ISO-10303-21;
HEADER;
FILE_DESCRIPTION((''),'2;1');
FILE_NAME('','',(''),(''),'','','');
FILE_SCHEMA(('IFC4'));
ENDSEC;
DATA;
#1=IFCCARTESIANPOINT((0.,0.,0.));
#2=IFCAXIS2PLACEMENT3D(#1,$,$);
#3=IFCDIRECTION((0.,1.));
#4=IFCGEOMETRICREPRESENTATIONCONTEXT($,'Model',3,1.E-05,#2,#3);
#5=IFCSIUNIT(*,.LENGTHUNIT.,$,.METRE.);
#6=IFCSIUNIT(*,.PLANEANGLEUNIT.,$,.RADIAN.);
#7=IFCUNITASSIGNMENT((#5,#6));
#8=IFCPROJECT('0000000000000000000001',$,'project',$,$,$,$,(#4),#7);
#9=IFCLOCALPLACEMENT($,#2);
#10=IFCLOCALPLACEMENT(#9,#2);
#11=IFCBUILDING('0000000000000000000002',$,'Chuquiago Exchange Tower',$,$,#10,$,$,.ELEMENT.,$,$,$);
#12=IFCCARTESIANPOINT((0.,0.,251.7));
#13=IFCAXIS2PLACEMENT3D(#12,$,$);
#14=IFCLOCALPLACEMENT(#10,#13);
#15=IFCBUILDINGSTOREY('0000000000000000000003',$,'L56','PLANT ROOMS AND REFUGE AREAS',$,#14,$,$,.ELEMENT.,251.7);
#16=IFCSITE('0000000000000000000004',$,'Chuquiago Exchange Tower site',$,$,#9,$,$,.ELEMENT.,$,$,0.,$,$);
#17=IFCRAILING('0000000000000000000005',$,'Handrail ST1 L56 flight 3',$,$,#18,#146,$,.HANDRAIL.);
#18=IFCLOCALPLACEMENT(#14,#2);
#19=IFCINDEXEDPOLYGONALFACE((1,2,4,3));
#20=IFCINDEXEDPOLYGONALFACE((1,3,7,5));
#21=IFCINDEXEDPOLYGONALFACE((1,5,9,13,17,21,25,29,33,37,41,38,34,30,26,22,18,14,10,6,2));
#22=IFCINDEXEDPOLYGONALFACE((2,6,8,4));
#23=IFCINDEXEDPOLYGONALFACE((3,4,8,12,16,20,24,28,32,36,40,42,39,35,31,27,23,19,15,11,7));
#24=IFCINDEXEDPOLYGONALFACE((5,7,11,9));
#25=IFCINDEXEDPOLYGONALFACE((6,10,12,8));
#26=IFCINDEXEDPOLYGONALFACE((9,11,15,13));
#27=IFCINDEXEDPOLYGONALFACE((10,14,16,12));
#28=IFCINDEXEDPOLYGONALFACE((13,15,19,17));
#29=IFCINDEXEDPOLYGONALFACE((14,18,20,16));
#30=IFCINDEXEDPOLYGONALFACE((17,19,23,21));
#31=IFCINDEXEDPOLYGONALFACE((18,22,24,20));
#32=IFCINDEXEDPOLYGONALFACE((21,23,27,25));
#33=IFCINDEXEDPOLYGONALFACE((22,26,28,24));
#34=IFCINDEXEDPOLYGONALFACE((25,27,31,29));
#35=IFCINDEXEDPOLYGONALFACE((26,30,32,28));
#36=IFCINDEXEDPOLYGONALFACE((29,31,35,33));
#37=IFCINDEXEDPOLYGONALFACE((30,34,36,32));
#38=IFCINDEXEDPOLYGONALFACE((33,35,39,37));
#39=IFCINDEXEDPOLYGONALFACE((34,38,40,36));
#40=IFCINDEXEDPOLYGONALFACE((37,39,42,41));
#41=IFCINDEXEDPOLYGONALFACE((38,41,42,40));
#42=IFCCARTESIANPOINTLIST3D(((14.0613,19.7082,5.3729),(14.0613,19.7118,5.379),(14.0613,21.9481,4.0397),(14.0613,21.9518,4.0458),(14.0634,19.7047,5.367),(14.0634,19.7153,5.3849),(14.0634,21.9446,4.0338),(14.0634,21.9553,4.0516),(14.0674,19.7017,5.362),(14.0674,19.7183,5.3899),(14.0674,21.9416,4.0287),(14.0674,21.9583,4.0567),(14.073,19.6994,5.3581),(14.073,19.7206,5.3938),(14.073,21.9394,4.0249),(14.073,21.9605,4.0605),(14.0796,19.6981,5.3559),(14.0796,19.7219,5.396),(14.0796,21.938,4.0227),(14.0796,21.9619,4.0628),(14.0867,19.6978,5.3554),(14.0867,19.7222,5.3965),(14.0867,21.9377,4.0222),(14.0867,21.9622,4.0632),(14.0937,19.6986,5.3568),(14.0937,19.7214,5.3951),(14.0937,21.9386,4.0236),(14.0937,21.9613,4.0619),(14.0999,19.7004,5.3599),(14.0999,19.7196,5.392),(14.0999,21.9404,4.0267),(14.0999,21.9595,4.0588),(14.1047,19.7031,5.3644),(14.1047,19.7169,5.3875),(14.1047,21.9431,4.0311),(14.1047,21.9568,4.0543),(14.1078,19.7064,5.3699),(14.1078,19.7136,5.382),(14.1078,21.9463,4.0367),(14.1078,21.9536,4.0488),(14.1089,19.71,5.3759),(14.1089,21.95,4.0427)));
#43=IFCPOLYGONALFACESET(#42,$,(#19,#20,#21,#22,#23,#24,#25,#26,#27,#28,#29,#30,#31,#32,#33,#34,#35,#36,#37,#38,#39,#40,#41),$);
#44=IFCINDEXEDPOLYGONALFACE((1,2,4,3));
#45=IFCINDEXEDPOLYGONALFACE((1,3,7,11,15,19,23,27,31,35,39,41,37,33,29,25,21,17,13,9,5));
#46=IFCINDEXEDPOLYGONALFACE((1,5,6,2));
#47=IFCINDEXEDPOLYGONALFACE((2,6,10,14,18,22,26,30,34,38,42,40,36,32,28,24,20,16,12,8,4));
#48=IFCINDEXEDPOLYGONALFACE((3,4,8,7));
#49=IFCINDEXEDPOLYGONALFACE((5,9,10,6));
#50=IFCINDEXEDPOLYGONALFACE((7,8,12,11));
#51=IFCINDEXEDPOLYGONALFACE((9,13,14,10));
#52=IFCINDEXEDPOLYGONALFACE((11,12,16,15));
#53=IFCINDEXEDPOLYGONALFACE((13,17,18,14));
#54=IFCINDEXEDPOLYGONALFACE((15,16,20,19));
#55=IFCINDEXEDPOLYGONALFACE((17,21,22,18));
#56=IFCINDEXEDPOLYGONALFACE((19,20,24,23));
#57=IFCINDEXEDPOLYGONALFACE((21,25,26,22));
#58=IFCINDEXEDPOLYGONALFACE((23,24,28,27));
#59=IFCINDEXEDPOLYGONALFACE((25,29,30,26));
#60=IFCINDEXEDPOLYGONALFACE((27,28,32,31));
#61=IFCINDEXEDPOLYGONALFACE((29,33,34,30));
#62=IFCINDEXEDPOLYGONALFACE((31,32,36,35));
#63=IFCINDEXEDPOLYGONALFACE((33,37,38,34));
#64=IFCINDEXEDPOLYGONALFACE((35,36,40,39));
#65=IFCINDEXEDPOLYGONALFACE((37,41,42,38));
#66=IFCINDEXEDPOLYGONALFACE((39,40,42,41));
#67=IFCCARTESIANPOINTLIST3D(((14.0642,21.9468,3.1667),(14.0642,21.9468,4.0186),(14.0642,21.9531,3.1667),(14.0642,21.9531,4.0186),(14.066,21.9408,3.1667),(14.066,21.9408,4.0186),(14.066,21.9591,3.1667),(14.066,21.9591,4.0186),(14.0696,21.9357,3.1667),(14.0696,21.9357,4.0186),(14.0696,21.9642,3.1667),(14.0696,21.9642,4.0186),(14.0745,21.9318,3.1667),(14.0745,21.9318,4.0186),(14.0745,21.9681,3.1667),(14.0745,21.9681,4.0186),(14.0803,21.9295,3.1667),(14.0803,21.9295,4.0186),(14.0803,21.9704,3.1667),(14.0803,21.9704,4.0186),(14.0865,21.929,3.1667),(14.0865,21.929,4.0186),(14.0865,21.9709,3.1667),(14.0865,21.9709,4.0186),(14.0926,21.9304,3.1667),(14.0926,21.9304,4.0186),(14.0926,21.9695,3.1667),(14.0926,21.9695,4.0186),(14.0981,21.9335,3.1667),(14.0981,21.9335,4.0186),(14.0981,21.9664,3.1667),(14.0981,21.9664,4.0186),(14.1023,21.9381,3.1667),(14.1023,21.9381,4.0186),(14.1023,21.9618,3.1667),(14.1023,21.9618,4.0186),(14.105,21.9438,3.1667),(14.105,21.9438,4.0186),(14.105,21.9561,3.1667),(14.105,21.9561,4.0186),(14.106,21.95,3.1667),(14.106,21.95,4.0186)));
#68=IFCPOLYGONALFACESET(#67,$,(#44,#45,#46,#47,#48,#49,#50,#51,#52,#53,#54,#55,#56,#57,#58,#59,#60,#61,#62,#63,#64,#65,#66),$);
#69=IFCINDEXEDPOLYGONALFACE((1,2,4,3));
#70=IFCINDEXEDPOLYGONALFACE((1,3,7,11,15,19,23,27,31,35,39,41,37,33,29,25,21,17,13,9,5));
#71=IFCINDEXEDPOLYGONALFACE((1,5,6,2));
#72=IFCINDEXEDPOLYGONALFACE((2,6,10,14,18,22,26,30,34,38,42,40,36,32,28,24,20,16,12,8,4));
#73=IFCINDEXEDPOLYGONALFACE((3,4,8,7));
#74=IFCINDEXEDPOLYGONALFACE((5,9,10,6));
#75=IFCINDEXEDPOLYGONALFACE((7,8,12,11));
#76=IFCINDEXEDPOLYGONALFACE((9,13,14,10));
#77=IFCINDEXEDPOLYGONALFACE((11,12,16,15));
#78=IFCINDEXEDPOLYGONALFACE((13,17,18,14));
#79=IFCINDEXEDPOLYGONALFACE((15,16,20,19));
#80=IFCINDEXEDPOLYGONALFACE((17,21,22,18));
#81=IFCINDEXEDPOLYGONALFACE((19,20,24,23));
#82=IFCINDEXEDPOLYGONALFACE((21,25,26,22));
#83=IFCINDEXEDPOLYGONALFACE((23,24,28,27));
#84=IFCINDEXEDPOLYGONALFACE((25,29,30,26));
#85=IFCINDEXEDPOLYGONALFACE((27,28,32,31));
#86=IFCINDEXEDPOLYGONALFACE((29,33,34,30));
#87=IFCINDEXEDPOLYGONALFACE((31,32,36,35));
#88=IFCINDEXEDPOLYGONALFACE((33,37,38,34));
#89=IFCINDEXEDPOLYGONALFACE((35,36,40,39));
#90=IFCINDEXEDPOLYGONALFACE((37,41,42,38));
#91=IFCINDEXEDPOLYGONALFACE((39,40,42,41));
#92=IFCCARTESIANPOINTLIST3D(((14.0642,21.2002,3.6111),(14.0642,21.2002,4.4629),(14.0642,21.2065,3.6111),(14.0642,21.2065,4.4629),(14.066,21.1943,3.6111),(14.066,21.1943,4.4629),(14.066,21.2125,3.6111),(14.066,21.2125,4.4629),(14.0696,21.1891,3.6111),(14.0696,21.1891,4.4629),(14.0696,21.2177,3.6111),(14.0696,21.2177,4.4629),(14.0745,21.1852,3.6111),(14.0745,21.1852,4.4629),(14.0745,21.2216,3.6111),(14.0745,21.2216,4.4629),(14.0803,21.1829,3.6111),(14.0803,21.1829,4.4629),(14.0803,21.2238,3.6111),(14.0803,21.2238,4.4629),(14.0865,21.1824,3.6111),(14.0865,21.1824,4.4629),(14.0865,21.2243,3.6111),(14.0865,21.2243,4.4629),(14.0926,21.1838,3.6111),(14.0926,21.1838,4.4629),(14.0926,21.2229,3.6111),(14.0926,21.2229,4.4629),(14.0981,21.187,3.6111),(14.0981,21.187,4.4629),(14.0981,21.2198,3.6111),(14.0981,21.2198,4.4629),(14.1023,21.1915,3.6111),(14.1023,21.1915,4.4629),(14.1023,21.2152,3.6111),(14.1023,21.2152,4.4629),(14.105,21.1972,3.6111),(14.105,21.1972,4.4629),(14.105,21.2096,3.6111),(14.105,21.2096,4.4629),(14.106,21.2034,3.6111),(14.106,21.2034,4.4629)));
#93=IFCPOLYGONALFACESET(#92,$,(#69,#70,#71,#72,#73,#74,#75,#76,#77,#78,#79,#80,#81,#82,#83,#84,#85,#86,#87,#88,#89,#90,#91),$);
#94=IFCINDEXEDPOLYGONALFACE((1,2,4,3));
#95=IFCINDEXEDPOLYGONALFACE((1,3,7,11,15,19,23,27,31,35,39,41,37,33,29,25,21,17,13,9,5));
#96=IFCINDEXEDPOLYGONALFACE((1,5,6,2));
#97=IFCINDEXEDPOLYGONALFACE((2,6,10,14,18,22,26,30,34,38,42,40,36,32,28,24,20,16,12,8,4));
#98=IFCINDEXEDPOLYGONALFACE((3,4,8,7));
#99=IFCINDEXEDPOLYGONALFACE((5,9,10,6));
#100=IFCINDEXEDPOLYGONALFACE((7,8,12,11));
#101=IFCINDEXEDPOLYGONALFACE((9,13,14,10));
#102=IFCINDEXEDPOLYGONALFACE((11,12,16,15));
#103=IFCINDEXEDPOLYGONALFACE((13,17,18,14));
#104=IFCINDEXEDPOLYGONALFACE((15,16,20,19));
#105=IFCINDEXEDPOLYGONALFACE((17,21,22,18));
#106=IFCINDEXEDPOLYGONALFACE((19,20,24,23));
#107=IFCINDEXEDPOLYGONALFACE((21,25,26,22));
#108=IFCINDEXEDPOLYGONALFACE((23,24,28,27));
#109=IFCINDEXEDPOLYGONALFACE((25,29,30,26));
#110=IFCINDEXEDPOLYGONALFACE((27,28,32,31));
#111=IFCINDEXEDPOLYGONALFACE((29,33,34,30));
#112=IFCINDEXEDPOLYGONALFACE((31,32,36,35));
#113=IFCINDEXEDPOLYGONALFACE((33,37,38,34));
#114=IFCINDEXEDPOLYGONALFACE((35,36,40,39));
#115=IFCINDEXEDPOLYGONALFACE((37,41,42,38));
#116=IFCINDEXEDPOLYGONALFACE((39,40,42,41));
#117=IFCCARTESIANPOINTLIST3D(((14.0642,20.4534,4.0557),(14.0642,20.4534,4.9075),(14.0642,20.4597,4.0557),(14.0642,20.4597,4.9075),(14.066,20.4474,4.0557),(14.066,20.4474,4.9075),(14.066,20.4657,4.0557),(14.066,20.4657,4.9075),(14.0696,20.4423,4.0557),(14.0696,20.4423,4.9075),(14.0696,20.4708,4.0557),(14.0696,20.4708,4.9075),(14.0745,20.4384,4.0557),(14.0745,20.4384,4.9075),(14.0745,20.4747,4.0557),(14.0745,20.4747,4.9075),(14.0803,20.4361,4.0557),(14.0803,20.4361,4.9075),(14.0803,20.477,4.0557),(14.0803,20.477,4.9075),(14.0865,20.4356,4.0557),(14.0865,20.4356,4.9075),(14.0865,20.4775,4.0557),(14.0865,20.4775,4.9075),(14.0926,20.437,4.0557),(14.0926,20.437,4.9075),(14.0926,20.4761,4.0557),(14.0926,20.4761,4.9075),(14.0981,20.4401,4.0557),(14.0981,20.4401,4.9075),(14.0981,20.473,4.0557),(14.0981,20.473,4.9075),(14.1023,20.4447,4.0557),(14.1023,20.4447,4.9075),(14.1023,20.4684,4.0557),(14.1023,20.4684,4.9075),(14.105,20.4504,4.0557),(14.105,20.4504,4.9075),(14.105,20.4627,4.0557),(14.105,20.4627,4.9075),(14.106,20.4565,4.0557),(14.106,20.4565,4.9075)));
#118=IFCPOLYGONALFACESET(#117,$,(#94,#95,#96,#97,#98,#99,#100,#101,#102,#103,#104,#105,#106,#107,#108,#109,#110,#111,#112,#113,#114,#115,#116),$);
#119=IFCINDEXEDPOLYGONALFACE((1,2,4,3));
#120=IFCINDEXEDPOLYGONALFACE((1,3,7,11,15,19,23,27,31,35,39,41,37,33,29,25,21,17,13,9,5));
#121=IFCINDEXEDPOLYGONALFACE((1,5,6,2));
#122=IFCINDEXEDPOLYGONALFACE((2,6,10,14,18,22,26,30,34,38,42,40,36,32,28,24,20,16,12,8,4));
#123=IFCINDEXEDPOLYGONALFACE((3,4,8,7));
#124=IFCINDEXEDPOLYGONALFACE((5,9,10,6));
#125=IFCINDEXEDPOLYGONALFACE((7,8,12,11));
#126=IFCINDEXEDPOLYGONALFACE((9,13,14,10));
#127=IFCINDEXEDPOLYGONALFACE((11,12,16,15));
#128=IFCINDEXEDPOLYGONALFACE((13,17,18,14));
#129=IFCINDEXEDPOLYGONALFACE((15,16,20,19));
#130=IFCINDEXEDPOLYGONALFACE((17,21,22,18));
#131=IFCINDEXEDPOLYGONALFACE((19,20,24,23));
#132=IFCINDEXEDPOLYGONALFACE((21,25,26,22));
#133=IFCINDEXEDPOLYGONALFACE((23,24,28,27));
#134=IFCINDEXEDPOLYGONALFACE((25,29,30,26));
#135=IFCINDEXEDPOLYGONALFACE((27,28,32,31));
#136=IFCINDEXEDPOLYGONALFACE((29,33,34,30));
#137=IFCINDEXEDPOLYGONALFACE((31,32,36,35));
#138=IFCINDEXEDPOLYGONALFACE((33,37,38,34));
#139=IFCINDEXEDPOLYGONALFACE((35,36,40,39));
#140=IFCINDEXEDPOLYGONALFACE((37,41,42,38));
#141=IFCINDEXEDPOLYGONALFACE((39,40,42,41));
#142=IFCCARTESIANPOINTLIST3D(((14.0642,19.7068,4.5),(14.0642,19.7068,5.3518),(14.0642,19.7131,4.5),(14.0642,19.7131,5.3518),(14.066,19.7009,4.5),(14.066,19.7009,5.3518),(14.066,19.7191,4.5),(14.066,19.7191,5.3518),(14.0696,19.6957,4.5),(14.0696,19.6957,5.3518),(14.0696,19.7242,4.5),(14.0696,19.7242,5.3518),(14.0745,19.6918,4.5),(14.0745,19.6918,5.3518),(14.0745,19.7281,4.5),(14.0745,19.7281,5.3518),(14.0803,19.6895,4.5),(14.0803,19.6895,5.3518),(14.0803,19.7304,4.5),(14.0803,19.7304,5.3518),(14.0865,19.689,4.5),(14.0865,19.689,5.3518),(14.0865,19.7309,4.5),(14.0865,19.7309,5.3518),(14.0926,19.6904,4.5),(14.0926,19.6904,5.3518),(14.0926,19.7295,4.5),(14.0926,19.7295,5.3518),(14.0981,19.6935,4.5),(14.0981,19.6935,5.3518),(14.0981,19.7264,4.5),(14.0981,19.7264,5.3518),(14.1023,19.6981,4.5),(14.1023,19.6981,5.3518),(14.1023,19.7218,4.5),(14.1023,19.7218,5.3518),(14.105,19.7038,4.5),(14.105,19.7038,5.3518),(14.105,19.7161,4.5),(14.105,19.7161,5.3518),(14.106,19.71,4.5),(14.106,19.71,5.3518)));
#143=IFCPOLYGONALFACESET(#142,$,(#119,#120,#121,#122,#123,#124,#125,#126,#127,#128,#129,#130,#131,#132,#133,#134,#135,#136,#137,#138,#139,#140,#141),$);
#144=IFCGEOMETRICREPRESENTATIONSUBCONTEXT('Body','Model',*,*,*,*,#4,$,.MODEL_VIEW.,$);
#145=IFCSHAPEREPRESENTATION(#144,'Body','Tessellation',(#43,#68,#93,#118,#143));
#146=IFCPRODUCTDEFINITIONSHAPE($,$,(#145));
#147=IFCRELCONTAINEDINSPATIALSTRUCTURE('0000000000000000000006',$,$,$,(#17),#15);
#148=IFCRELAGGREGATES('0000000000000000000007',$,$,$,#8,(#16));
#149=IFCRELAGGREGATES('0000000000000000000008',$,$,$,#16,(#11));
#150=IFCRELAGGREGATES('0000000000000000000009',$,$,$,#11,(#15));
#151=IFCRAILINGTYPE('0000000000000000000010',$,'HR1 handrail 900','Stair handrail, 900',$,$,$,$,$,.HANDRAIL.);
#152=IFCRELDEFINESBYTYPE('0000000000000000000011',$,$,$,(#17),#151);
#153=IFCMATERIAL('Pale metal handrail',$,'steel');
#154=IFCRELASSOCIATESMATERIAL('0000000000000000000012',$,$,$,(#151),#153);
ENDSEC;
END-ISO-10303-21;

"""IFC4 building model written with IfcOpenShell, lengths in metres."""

from ifc_helpers import new_model, si_unit, direction, frame, origin, origin_2d, place, context, subcontext, project, spatial, circle, extrude, material, type_object, element, save


model = new_model("IFC4")

# Units and contexts
model_context = context("Model", 3, precision=1e-05, world=origin(), true_north=direction((0.0, 1.0)))
body_context = subcontext(model_context, "Body", "Model", "MODEL_VIEW")
ifc_project = project(units=[si_unit("LENGTHUNIT", "METRE"), si_unit("PLANEANGLEUNIT", "RADIAN")], contexts=[model_context])

# Site, building, storey
site_placement = place(None, origin())
site = spatial("IfcSite", under=ifc_project, at=site_placement, Name="Chuquiago Exchange Tower site", CompositionType="ELEMENT", RefElevation=0.0)
building_placement = place(site_placement, origin())
building = spatial("IfcBuilding", under=site, at=building_placement, Name="Chuquiago Exchange Tower", CompositionType="ELEMENT")
storey_placement = place(building_placement, frame((0.0, 0.0, 251.7)))
storey = spatial("IfcBuildingStorey", under=building, at=storey_placement, Name="L56", Description="PLANT ROOMS AND REFUGE AREAS", CompositionType="ELEMENT", Elevation=251.7)

# Railing
ifc_material_1 = material(Name="Pale metal handrail", Category="steel")
railing_type_1 = type_object("IfcRailingType", Name="HR1 handrail 900", Description="Stair handrail, 900", PredefinedType="HANDRAIL", material=ifc_material_1)
for number, where, name in (
    (1, (14.085, 21.95, 3.1667), "Handrail ST1 L56 flight 3"),
):
    element("IfcRailing", number, at=place(storey_placement, frame(where)), inside=storey, type_object=railing_type_1, Name=name, PredefinedType="HANDRAIL", context=body_context, shape_type="SweptSolid", body=[
        extrude(circle(Radius=0.0239, at=origin_2d()), frame((0.0, 0.0, 0.876), z_axis=(0.0, -0.859306, 0.511462), x_axis=(1.0, 0.0, 0.0)), (0.0, 0.0, 1.0), 2.6067),
        extrude(circle(Radius=0.021, at=origin_2d()), origin(), (0.0, 0.0, 1.0), 0.8518),
        extrude(circle(Radius=0.021, at=origin_2d()), frame((0.0, -0.7466, 0.4443)), (0.0, 0.0, 1.0), 0.8518),
        extrude(circle(Radius=0.021, at=origin_2d()), frame((0.0, -1.4934, 0.8889)), (0.0, 0.0, 1.0), 0.8518),
        extrude(circle(Radius=0.021, at=origin_2d()), frame((0.0, -2.24, 1.3333)), (0.0, 0.0, 1.0), 0.8518),
    ])

save(model, "model.ifc")
